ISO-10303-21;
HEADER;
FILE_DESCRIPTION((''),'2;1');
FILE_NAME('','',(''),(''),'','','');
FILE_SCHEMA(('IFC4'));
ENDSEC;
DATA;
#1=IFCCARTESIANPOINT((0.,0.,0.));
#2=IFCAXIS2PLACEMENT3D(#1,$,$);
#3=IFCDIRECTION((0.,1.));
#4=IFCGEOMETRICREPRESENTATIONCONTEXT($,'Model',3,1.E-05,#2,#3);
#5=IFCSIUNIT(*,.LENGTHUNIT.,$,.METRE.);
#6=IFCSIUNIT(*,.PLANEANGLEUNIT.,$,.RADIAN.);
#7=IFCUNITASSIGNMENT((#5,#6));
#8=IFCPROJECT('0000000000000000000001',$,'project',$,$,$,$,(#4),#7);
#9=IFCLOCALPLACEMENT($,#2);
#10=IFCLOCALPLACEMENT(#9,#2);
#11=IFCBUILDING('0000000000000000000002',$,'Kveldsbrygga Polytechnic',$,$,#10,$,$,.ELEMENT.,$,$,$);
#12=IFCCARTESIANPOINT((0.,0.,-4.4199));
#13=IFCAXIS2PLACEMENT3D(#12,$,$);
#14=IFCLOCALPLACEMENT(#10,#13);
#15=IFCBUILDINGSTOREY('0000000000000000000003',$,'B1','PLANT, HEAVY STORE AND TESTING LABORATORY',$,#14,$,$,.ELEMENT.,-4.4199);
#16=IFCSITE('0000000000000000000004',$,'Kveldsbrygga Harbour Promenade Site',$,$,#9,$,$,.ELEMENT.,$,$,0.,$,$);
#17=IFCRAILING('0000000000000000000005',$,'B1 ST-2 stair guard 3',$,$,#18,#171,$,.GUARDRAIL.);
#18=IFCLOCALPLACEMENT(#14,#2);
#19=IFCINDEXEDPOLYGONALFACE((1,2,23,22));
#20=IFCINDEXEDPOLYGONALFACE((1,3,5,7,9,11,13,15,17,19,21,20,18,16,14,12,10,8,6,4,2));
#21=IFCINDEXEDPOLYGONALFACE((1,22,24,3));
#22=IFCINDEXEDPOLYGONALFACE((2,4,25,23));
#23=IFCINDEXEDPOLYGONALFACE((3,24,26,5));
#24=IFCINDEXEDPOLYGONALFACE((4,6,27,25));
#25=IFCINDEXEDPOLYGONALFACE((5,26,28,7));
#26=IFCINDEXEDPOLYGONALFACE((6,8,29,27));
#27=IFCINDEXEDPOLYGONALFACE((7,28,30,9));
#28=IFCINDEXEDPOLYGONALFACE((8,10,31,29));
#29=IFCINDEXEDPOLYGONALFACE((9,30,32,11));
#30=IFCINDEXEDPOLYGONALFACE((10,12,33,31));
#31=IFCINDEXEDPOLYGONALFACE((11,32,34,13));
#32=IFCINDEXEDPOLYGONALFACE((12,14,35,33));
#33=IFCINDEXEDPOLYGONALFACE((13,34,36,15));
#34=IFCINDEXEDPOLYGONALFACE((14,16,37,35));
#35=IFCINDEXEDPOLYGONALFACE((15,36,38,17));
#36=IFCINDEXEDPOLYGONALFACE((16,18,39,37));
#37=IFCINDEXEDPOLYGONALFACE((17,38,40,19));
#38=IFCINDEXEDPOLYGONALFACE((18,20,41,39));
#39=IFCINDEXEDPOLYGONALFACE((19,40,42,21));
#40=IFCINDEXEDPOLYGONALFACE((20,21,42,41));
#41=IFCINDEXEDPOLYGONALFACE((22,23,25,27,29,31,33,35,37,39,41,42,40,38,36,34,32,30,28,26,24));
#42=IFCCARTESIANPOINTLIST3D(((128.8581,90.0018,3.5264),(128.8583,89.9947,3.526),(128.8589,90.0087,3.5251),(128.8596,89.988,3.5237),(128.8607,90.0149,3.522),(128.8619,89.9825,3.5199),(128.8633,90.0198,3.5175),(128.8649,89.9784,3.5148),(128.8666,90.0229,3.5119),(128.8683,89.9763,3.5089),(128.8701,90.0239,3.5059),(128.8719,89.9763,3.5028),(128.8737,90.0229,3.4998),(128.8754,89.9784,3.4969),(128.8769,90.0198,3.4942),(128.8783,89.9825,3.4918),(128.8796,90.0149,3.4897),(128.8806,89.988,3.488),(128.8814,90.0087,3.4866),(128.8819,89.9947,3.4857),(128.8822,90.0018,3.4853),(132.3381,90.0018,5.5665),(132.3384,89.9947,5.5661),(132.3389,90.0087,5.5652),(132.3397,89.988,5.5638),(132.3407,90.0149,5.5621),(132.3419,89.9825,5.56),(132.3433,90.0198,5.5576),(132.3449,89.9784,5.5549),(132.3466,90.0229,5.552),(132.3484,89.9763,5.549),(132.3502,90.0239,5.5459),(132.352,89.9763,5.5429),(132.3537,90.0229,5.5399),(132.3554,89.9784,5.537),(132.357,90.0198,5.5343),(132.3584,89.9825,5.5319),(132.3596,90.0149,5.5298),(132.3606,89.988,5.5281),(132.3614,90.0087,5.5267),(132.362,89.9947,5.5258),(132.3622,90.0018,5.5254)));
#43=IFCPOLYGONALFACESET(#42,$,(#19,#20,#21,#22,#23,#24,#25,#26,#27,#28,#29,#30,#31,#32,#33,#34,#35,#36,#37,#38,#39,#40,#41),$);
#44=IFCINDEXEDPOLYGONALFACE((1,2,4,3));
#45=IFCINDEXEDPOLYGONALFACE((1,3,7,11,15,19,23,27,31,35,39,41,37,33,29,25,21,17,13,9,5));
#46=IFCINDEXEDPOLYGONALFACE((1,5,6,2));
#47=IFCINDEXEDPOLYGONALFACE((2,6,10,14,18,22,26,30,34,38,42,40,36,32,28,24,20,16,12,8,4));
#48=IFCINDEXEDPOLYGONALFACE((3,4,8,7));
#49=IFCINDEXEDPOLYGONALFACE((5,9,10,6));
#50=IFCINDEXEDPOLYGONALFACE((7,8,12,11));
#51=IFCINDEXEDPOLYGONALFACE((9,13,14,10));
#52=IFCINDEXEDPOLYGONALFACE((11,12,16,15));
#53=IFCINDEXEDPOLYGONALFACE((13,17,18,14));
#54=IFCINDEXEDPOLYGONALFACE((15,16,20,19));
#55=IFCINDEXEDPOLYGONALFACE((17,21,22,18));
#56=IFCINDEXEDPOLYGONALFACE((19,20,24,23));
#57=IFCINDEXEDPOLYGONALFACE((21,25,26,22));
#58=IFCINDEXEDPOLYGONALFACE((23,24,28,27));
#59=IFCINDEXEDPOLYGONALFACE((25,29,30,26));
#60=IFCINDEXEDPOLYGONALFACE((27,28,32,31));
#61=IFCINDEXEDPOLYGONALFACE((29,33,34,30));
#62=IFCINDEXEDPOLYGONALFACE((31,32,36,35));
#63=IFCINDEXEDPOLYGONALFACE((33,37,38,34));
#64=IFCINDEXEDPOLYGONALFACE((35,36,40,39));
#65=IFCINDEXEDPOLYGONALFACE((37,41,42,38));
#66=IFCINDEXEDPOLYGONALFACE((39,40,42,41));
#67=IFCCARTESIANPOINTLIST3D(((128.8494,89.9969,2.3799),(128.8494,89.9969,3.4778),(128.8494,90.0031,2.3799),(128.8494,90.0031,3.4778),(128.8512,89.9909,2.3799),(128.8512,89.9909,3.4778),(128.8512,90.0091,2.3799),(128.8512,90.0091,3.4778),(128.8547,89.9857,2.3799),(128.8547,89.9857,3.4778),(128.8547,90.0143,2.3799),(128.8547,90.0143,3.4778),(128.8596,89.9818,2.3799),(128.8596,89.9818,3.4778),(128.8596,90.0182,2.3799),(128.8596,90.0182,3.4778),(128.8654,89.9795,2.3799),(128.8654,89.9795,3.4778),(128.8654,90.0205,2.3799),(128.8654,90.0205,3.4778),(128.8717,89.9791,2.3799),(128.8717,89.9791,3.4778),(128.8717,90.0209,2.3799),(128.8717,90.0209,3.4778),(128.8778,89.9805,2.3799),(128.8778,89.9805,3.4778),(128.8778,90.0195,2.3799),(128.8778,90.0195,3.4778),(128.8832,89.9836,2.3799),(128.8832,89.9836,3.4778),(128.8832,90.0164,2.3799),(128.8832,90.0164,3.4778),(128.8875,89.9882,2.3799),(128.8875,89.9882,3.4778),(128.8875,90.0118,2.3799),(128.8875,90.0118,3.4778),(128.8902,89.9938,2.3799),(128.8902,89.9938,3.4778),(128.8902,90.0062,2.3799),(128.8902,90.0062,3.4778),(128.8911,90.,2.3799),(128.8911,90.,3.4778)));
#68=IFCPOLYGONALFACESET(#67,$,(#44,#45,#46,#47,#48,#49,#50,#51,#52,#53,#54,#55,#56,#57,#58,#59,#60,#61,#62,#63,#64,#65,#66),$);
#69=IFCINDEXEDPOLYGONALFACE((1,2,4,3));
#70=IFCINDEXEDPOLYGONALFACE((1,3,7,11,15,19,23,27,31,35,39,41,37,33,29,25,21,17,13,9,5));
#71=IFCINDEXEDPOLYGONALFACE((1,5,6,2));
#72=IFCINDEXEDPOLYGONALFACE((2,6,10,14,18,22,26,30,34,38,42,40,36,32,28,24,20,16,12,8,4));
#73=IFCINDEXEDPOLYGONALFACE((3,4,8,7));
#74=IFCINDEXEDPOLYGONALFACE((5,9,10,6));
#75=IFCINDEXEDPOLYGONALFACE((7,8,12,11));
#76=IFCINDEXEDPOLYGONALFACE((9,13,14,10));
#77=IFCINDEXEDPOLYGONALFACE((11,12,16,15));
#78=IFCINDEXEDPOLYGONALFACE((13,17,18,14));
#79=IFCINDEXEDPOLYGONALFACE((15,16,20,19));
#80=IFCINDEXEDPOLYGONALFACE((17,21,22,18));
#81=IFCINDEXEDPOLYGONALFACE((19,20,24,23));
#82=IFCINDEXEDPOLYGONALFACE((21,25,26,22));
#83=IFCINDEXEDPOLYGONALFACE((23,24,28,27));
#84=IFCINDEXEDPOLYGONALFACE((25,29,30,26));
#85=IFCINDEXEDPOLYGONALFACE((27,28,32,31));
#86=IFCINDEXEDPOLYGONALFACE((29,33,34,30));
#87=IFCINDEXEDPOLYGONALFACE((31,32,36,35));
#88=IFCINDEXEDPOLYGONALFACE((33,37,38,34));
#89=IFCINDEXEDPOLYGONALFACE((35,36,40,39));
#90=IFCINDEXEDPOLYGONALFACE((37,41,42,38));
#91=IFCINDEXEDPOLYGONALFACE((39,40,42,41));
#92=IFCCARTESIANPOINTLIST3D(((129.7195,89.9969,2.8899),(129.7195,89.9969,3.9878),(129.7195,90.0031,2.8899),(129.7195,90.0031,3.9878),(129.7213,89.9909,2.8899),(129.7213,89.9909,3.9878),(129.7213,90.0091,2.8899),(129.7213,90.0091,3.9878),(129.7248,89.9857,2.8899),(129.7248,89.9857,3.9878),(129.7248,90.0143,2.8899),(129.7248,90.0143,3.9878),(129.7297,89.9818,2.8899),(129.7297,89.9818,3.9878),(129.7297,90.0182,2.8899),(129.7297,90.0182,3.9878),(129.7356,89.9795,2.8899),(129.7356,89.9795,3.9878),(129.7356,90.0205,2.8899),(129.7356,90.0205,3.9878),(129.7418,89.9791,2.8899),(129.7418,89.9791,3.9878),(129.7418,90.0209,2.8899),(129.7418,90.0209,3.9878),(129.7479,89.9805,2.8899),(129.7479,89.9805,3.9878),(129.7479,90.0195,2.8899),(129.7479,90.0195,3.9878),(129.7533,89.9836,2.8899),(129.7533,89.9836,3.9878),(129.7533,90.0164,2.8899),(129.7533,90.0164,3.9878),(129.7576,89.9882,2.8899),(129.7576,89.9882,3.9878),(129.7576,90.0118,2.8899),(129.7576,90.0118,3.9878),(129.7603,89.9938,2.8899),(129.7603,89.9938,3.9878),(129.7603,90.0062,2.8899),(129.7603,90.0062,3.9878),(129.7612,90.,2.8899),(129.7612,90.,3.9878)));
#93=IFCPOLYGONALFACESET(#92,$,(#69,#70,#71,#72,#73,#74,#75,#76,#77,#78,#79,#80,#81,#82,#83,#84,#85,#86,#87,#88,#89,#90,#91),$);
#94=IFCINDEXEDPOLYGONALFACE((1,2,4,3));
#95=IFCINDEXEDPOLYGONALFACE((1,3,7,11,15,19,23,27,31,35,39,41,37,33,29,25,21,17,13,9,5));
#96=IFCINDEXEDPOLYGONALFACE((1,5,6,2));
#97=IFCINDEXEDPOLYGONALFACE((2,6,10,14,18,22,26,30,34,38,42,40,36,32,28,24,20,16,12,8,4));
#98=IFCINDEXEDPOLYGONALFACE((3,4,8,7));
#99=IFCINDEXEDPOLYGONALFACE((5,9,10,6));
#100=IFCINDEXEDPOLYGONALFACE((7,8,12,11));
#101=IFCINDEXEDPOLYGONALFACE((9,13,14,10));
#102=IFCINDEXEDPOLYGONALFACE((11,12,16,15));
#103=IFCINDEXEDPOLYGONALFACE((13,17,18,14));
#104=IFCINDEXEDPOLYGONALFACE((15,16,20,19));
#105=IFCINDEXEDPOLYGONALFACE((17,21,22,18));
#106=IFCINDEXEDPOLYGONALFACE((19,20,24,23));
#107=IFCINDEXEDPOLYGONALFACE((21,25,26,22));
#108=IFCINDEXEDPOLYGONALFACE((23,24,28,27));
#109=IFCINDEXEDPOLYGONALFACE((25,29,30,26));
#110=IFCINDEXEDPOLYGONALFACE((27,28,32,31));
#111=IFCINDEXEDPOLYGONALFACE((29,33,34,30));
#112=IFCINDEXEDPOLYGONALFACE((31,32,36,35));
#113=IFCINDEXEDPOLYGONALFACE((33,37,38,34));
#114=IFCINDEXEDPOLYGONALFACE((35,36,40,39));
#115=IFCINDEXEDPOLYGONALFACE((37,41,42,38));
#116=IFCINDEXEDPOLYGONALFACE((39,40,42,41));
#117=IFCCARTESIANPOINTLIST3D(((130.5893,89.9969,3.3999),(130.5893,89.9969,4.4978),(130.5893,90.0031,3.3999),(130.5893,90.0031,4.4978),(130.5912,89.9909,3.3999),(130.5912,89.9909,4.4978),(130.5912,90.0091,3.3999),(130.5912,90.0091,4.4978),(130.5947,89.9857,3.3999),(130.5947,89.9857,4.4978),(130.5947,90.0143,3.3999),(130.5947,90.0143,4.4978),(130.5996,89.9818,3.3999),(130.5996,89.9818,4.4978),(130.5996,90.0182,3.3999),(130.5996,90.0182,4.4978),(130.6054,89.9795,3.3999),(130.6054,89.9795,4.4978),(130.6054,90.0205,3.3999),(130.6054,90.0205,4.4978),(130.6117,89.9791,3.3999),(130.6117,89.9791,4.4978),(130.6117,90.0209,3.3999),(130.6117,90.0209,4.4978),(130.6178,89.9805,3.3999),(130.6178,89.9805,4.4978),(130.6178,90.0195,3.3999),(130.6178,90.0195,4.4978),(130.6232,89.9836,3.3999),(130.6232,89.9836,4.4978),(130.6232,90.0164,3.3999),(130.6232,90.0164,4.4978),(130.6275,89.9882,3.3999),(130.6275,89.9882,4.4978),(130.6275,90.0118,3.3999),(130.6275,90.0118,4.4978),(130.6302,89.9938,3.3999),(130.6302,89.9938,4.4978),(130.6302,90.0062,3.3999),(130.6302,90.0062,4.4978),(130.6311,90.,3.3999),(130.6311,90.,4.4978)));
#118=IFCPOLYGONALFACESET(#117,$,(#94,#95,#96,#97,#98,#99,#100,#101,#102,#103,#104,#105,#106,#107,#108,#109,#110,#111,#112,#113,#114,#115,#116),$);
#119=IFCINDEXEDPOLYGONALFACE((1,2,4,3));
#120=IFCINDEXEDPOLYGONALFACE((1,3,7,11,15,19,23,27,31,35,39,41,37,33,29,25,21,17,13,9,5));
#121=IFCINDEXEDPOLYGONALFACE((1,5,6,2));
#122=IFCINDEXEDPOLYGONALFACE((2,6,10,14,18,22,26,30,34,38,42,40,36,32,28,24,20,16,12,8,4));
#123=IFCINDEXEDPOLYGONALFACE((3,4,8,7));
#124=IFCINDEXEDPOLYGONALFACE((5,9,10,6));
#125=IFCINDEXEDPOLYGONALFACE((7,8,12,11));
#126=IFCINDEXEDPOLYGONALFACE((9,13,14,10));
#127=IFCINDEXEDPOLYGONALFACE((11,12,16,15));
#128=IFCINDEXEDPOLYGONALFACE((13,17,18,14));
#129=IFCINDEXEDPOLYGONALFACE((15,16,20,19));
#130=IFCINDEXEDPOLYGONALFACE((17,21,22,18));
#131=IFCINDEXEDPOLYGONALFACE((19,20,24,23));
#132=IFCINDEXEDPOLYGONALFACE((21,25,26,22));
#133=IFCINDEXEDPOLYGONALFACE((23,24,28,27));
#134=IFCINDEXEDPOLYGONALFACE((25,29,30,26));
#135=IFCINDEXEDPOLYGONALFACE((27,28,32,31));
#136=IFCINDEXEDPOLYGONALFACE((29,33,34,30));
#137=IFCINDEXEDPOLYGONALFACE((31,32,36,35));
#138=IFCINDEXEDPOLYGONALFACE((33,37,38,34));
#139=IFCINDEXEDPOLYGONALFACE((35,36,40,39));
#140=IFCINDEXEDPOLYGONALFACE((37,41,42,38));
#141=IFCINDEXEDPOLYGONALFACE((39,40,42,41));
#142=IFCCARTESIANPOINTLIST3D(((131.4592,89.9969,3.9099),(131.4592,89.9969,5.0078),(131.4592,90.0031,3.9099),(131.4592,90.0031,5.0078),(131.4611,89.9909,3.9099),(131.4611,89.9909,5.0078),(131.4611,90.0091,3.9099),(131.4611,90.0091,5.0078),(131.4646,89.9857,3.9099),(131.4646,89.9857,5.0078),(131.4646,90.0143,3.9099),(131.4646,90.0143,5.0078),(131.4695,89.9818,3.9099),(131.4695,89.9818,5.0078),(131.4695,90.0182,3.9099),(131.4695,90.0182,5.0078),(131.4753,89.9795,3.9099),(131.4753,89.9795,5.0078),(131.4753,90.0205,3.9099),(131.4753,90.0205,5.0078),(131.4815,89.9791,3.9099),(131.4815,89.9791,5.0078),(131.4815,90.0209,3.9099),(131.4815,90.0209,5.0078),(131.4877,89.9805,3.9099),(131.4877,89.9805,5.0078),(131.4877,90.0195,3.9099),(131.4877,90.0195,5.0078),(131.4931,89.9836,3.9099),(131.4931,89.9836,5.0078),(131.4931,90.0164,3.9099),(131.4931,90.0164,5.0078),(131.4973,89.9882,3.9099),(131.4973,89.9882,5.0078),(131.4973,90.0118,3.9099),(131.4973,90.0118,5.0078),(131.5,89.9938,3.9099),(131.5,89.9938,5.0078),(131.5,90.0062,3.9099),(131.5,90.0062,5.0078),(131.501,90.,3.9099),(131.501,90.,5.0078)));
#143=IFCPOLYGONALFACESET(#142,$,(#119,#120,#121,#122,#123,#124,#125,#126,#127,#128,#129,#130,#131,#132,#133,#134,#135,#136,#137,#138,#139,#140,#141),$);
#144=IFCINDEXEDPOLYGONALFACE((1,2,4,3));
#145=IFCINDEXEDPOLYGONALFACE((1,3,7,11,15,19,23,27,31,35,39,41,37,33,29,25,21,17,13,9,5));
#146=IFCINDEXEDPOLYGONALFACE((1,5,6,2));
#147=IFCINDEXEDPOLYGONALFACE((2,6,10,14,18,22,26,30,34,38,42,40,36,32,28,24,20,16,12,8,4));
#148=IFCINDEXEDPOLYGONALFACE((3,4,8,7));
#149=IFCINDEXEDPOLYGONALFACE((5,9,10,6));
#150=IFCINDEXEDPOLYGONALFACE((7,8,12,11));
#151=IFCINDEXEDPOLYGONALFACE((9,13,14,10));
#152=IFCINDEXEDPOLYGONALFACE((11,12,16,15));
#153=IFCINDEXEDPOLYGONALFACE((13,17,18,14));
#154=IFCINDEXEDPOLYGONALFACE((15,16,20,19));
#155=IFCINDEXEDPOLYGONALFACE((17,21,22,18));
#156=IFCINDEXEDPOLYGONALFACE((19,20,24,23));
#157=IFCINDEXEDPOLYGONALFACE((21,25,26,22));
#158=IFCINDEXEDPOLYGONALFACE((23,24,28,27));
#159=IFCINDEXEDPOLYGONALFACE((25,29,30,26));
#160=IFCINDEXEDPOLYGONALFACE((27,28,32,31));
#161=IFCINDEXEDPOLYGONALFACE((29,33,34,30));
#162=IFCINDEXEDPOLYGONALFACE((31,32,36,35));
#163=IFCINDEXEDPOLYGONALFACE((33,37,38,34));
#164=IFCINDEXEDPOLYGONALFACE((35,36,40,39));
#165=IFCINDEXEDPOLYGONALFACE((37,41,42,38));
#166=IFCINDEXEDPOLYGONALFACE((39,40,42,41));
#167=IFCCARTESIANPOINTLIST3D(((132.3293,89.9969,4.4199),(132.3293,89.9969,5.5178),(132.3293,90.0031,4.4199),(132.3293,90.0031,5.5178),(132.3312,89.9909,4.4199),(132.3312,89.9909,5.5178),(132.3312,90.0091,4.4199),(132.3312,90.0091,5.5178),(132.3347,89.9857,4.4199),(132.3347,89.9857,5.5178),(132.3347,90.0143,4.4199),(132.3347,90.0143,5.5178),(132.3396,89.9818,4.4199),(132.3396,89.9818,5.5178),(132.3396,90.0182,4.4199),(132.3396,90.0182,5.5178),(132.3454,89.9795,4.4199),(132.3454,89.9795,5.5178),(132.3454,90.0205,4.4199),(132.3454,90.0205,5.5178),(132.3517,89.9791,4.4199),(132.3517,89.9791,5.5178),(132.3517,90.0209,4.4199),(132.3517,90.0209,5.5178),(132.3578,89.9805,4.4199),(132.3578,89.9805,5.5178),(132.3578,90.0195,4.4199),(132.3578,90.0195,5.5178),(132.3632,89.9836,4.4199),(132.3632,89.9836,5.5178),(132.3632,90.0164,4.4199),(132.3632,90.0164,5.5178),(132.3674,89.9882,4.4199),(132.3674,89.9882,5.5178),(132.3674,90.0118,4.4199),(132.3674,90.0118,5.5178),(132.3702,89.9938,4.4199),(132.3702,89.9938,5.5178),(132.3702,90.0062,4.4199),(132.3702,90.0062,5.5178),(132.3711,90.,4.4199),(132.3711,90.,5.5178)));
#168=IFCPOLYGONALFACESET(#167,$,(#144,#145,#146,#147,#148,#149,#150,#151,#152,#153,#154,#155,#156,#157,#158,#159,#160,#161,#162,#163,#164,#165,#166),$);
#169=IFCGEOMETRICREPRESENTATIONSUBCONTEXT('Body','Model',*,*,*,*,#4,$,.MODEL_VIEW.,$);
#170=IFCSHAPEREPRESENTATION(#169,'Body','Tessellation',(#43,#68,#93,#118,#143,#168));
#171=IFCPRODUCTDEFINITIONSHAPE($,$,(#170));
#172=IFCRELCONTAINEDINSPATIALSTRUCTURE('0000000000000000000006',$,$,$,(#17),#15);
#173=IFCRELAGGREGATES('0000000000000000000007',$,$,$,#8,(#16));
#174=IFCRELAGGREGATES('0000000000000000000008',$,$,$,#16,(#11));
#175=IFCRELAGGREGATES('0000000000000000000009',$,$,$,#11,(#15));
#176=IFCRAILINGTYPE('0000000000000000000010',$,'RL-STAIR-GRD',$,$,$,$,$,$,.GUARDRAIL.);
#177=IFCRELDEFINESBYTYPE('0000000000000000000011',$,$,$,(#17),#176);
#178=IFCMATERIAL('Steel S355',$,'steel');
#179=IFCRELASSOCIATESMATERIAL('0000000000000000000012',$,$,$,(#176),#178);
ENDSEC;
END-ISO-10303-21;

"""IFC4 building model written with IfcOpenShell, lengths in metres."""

from ifc_helpers import new_model, si_unit, direction, frame, origin, origin_2d, place, context, subcontext, project, spatial, circle, extrude, material, type_object, element, save


model = new_model("IFC4")

# Units and contexts
model_context = context("Model", 3, precision=1e-05, world=origin(), true_north=direction((0.0, 1.0)))
body_context = subcontext(model_context, "Body", "Model", "MODEL_VIEW")
ifc_project = project(units=[si_unit("LENGTHUNIT", "METRE"), si_unit("PLANEANGLEUNIT", "RADIAN")], contexts=[model_context])

# Site, building, storey
site_placement = place(None, origin())
site = spatial("IfcSite", under=ifc_project, at=site_placement, Name="Kveldsbrygga Harbour Promenade Site", CompositionType="ELEMENT", RefElevation=0.0)
building_placement = place(site_placement, origin())
building = spatial("IfcBuilding", under=site, at=building_placement, Name="Kveldsbrygga Polytechnic", CompositionType="ELEMENT")
storey_placement = place(building_placement, frame((0.0, 0.0, -4.4199)))
storey = spatial("IfcBuildingStorey", under=building, at=storey_placement, Name="B1", Description="PLANT, HEAVY STORE AND TESTING LABORATORY", CompositionType="ELEMENT", Elevation=-4.4199)

# Shared definitions
ifc_material_1 = material(Name="Steel S355", Category="steel")

# Railing
railing_type_1 = type_object("IfcRailingType", Name="RL-STAIR-GRD", PredefinedType="GUARDRAIL", material=ifc_material_1)
railing_1_placement = place(storey_placement, frame((128.8701, 90.0, 2.3799)))
element("IfcRailing", 1, at=railing_1_placement, inside=storey, type_object=railing_type_1, Name="B1 ST-2 stair guard 3", PredefinedType="GUARDRAIL", context=body_context, shape_type="SweptSolid", body=[
    extrude(circle(Radius=0.0239, at=origin_2d()), frame((0.0, 0.0, 1.126), z_axis=(0.862693, 0.0, 0.505729), x_axis=(0.0, 1.0, 0.0)), (0.0, 0.0, 1.0), 4.0339),
    extrude(circle(Radius=0.021, at=origin_2d()), origin(), (0.0, 0.0, 1.0), 1.0979),
    extrude(circle(Radius=0.021, at=origin_2d()), frame((0.8701, 0.0, 0.51)), (0.0, 0.0, 1.0), 1.0979),
    extrude(circle(Radius=0.021, at=origin_2d()), frame((1.74, 0.0, 1.02)), (0.0, 0.0, 1.0), 1.0979),
    extrude(circle(Radius=0.021, at=origin_2d()), frame((2.6099, 0.0, 1.53)), (0.0, 0.0, 1.0), 1.0979),
    extrude(circle(Radius=0.021, at=origin_2d()), frame((3.48, 0.0, 2.04)), (0.0, 0.0, 1.0), 1.0979),
])

save(model, "model.ifc")
